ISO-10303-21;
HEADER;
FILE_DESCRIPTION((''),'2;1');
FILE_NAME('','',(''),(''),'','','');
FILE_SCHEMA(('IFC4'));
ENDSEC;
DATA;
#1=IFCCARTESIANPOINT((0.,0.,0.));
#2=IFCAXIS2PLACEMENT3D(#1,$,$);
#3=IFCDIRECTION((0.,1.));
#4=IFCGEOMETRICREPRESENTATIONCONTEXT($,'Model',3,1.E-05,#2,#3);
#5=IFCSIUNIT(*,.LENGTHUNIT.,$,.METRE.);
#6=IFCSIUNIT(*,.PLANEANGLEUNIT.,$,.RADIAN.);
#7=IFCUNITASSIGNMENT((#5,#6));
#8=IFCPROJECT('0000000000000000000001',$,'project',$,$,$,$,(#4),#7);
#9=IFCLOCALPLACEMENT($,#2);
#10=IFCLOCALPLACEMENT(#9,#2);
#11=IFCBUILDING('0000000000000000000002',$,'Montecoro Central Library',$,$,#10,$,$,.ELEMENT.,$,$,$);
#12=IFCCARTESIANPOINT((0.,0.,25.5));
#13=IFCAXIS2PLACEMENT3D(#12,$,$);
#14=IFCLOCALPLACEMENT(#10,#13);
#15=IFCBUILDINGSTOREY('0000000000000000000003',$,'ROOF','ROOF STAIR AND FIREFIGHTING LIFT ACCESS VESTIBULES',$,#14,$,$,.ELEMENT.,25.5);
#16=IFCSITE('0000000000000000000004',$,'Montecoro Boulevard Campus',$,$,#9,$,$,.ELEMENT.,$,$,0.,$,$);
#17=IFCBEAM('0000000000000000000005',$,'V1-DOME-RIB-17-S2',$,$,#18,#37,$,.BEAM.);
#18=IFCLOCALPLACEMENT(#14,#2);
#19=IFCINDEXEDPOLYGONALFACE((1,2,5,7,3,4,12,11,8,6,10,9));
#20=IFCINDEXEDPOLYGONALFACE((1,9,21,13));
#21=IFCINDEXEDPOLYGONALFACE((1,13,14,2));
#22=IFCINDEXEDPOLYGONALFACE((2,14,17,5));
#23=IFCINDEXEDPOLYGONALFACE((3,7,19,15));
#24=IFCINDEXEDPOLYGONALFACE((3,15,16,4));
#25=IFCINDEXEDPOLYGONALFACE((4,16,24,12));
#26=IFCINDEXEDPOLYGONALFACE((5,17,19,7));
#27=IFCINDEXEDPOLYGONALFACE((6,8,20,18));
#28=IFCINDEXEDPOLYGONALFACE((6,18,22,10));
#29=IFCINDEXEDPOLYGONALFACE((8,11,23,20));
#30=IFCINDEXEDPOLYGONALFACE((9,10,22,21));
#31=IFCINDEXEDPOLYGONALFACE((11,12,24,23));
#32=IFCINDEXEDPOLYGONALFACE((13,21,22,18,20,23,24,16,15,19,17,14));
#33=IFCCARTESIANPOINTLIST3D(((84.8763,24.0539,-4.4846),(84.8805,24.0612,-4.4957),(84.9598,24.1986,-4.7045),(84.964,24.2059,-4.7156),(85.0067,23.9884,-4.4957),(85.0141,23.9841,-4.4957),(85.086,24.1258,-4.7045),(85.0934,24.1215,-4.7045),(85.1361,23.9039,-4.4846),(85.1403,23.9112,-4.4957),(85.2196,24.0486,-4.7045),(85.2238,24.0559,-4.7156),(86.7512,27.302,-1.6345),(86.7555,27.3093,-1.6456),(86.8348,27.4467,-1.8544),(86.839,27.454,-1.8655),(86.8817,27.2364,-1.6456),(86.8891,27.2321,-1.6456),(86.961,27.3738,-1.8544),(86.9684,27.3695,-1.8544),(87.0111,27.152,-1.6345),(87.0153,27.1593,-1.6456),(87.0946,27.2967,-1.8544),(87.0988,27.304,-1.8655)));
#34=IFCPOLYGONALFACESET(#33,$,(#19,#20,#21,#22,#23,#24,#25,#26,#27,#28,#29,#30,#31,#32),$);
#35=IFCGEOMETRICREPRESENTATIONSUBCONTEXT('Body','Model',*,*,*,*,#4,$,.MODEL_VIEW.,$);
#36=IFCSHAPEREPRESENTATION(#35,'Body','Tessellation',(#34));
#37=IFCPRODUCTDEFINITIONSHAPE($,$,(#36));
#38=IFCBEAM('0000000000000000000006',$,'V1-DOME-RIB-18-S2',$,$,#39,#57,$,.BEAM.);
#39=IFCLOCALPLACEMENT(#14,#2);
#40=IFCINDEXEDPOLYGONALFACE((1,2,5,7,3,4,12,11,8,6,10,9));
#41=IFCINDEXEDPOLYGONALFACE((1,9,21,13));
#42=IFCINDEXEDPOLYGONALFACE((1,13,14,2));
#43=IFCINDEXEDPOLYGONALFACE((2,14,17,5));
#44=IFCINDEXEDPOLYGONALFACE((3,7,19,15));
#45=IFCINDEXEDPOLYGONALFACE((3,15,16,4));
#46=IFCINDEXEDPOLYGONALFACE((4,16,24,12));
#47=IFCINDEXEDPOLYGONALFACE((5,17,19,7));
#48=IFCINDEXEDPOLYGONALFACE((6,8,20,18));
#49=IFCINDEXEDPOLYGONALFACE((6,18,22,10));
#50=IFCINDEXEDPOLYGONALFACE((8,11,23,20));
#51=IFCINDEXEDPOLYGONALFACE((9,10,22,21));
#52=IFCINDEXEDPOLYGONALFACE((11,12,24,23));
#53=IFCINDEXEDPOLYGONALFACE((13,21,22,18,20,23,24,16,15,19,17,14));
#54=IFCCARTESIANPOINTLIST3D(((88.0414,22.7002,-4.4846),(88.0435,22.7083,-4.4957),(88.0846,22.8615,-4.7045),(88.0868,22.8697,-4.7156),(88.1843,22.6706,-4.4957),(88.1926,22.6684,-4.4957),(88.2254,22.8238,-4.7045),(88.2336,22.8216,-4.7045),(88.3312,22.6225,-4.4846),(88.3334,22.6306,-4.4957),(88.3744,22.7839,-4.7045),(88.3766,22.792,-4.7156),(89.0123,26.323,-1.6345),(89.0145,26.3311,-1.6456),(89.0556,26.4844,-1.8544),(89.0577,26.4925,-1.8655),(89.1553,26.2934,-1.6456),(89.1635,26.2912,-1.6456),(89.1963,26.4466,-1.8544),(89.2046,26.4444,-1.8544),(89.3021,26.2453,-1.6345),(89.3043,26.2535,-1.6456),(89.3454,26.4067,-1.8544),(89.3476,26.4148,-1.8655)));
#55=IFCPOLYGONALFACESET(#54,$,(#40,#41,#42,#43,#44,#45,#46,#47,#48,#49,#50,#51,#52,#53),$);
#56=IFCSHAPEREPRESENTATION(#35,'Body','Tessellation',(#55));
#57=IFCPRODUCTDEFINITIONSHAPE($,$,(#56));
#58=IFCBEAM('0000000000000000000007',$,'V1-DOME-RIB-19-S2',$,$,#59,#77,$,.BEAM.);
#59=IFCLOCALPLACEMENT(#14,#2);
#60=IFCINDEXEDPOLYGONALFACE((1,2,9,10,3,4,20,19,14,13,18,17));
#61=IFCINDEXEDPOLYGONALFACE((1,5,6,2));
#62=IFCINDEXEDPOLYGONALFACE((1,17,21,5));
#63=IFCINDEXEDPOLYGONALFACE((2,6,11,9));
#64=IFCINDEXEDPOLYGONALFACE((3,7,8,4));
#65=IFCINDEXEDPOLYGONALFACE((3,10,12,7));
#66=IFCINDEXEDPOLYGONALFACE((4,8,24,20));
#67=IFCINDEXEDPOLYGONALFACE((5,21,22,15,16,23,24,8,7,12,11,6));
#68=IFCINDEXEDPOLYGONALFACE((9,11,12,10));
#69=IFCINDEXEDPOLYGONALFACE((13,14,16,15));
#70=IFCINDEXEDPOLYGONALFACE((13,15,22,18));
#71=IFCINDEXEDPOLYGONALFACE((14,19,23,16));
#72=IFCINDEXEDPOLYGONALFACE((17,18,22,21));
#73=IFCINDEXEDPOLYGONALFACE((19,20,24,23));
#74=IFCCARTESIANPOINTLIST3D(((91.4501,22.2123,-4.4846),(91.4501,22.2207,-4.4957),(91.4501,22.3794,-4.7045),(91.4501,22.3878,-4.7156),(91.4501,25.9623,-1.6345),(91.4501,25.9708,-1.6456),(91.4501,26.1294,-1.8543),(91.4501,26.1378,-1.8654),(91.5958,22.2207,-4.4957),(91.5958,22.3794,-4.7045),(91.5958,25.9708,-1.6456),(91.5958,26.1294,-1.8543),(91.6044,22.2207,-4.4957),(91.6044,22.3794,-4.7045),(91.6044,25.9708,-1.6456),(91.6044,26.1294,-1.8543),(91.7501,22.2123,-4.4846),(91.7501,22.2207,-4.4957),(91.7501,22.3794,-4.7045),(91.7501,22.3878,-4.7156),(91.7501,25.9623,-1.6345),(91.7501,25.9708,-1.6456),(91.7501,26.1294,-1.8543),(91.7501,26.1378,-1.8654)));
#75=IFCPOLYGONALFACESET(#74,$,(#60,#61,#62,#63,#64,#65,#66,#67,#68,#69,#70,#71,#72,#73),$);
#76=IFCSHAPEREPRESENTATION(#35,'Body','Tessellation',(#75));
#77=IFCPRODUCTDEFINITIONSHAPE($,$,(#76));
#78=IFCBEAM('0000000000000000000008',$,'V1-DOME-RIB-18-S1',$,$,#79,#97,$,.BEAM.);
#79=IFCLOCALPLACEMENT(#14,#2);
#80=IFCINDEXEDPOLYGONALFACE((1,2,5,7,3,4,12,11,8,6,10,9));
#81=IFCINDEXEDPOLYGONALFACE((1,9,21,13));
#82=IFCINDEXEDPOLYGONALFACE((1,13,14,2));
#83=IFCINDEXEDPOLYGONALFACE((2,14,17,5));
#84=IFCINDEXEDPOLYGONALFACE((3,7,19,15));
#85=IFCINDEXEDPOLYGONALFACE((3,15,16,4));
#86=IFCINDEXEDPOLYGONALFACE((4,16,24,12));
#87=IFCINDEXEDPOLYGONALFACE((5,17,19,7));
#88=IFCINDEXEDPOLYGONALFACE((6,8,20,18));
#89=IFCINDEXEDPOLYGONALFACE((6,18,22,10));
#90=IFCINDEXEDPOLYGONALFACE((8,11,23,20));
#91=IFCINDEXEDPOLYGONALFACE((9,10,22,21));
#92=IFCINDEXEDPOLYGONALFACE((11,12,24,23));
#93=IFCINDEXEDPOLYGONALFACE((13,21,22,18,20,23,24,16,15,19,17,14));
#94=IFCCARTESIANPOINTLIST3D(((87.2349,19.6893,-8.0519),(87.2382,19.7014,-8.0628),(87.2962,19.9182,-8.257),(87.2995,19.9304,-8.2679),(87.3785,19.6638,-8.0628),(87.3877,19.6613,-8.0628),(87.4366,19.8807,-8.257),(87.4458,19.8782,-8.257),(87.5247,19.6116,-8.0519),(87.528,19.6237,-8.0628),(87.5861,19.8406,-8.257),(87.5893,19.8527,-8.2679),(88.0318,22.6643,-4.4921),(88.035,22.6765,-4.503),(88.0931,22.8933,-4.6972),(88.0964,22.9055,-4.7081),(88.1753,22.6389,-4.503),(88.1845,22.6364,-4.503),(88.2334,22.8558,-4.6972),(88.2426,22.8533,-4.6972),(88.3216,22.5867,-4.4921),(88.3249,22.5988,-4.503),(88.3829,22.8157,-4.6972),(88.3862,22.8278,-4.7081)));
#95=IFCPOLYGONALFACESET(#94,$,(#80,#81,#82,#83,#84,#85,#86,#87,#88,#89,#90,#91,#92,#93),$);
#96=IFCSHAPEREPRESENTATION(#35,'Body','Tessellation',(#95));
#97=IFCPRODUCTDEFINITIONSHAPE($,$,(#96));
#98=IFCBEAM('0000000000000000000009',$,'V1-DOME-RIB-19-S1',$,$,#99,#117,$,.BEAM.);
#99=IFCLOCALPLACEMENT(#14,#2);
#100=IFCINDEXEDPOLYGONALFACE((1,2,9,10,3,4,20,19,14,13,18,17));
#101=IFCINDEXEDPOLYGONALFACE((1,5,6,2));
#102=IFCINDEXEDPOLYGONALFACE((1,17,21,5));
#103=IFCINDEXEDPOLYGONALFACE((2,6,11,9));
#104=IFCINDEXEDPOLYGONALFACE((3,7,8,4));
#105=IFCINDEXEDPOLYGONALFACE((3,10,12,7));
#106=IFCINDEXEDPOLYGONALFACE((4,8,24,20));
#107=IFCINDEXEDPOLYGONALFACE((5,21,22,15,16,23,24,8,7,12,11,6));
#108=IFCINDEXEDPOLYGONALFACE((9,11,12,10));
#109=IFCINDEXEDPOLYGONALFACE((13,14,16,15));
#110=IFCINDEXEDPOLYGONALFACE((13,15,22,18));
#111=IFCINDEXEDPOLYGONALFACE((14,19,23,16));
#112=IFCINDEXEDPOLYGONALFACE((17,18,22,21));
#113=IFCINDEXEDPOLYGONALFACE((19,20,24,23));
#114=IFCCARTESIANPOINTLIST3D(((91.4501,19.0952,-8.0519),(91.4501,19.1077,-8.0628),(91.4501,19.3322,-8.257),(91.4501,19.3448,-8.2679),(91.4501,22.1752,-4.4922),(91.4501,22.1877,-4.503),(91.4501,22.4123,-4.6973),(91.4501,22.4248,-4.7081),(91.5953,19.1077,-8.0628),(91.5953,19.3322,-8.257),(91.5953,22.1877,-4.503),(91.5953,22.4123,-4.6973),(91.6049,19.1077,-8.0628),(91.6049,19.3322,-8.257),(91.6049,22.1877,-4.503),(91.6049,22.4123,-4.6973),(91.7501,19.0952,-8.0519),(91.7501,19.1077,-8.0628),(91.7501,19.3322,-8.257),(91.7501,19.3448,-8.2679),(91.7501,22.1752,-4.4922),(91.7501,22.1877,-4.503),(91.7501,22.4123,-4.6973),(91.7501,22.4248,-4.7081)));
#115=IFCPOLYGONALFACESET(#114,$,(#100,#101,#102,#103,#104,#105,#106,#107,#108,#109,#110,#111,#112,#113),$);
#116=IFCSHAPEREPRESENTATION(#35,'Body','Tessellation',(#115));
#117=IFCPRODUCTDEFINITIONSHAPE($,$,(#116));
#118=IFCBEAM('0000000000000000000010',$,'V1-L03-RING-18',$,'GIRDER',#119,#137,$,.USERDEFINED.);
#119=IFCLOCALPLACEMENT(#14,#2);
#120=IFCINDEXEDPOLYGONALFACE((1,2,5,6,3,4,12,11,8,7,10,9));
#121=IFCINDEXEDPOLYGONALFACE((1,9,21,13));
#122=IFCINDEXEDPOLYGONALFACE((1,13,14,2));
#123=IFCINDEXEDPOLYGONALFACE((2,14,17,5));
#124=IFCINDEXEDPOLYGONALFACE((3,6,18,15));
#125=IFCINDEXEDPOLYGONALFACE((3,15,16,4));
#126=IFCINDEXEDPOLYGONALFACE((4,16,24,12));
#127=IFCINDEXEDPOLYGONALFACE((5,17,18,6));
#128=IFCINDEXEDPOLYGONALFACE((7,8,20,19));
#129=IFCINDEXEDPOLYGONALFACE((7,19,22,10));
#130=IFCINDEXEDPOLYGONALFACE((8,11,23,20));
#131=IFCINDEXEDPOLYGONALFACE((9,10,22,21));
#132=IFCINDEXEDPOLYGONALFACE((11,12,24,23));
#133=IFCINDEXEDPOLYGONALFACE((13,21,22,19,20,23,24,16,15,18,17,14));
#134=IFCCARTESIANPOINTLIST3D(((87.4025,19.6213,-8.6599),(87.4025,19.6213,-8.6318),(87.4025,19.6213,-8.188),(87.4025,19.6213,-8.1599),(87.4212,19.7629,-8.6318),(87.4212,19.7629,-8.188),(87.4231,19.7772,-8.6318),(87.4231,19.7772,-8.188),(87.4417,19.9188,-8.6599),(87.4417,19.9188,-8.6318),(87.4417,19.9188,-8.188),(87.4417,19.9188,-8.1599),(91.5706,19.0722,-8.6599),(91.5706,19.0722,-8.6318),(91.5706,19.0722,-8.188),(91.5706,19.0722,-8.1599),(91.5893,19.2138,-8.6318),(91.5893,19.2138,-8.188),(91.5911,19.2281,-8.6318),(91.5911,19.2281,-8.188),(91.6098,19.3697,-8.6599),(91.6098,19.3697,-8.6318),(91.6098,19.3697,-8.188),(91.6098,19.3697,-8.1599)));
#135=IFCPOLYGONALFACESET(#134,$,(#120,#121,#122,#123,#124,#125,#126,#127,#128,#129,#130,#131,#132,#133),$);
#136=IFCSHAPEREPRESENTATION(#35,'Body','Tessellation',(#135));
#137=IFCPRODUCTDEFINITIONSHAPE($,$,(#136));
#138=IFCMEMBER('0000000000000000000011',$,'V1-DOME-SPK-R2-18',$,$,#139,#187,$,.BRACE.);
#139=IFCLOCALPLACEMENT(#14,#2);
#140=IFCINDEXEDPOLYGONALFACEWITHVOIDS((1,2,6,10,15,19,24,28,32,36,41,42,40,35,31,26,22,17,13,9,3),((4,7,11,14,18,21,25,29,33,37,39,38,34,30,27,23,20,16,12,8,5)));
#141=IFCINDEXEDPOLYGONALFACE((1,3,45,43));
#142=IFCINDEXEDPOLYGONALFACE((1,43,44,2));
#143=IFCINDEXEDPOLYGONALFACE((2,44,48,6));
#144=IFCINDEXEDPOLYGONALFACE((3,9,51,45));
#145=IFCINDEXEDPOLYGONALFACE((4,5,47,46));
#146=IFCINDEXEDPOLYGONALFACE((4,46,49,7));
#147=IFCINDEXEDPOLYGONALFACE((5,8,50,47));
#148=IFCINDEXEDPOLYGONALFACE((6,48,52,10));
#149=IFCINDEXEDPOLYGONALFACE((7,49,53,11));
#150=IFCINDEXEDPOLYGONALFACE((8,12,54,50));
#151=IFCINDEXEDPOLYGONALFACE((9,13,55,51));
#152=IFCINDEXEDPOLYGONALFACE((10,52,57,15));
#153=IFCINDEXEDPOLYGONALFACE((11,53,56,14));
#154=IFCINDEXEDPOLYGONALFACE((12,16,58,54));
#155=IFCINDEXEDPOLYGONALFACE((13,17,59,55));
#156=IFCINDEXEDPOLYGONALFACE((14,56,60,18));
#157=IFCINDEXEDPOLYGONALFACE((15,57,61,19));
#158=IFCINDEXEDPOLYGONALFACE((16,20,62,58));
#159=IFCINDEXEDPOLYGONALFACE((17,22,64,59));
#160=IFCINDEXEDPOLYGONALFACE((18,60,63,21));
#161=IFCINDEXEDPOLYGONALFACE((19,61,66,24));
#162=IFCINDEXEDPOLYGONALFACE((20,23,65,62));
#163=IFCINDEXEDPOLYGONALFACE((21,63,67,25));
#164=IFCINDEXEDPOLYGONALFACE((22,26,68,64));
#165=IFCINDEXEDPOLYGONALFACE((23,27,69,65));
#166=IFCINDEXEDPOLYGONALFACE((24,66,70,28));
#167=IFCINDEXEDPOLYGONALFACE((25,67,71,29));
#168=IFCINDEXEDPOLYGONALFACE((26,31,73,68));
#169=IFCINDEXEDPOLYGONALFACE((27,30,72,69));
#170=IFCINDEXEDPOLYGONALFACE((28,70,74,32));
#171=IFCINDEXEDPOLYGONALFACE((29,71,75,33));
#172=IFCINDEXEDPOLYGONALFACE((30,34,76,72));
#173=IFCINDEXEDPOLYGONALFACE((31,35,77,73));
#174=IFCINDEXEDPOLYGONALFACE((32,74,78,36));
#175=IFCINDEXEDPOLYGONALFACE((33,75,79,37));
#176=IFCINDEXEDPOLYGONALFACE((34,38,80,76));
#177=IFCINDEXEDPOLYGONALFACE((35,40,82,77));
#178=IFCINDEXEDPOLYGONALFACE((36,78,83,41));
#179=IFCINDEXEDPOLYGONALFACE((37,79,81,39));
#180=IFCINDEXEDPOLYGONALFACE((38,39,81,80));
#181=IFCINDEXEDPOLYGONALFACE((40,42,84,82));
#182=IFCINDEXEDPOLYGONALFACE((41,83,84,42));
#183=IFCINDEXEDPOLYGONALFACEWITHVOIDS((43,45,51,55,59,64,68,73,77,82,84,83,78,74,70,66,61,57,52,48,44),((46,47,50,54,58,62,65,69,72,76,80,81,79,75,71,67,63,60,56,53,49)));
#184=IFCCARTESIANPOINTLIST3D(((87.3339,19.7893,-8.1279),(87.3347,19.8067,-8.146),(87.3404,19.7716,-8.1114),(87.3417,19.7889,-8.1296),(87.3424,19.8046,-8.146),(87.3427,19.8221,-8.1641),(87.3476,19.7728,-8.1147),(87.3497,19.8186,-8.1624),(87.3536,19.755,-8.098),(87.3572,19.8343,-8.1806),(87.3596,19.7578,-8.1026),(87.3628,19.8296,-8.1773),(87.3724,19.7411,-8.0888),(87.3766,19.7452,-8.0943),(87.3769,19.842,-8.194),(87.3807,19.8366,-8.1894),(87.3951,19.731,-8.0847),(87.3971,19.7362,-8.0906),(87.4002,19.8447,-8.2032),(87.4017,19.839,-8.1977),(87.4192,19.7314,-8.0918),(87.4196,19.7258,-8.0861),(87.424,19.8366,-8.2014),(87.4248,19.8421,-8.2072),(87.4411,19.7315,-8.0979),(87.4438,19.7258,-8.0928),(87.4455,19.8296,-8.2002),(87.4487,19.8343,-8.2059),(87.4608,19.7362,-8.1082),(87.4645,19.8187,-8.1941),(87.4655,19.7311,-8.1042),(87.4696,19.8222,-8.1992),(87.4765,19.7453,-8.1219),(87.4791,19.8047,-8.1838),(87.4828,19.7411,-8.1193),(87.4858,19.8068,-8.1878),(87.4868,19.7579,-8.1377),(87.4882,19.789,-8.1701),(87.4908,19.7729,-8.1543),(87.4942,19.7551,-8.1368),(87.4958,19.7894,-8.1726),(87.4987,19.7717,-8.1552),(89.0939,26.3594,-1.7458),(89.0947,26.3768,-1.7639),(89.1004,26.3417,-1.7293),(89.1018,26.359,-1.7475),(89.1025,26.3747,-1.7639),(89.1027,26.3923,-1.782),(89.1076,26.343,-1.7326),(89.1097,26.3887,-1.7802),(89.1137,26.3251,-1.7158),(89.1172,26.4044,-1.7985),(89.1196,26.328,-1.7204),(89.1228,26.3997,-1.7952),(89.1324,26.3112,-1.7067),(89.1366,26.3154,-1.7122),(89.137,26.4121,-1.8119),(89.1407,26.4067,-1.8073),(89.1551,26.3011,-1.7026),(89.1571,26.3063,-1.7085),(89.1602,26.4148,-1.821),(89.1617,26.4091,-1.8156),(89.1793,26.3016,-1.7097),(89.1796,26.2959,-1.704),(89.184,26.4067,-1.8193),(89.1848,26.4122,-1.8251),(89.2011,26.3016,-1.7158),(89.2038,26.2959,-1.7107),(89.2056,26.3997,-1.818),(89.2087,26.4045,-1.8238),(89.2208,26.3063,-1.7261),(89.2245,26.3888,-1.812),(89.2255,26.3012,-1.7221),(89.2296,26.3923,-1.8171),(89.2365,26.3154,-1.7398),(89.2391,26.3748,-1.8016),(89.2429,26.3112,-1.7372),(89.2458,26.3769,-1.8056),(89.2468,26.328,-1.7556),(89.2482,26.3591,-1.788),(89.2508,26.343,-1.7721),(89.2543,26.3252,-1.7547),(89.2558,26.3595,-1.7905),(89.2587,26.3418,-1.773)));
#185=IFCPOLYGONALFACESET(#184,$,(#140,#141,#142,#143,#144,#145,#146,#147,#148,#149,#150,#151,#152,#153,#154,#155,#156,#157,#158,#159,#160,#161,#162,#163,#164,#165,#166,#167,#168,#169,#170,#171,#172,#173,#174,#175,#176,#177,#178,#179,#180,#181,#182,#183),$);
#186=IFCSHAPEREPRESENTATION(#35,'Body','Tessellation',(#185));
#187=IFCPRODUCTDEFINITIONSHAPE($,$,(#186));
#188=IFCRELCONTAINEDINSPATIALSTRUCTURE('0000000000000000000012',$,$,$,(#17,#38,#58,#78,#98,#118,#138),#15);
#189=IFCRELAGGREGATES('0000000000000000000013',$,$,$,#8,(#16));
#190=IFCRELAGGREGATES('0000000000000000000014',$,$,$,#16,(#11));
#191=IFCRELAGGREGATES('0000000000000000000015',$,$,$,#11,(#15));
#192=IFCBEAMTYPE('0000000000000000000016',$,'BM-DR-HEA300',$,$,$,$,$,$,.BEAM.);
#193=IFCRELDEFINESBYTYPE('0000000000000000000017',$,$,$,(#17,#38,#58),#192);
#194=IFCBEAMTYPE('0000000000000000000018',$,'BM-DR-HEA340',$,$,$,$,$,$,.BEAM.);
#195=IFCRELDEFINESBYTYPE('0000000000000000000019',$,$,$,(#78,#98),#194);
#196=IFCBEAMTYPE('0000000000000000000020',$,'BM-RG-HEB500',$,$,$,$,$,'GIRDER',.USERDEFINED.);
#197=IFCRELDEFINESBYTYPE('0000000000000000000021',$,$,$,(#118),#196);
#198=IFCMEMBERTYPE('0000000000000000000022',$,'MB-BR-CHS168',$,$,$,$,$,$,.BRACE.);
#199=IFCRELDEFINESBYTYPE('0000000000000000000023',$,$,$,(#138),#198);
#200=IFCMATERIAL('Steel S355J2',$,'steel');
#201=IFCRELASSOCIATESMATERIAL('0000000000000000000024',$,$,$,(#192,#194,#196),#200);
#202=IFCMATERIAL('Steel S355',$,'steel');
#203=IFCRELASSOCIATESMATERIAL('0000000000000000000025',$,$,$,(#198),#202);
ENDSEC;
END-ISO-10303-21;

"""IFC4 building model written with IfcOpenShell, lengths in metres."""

from ifc_helpers import new_model, si_unit, direction, frame, origin, origin_2d, place, context, subcontext, project, spatial, hollow_circle, i_section, extrude, material, material_profile, profile_set, type_object, element, save


model = new_model("IFC4")

# Units and contexts
model_context = context("Model", 3, precision=1e-05, world=origin(), true_north=direction((0.0, 1.0)))
body_context = subcontext(model_context, "Body", "Model", "MODEL_VIEW")
ifc_project = project(units=[si_unit("LENGTHUNIT", "METRE"), si_unit("PLANEANGLEUNIT", "RADIAN")], contexts=[model_context])

# Site, building, storey
site_placement = place(None, origin())
site = spatial("IfcSite", under=ifc_project, at=site_placement, Name="Montecoro Boulevard Campus", CompositionType="ELEMENT", RefElevation=0.0)
building_placement = place(site_placement, origin())
building = spatial("IfcBuilding", under=site, at=building_placement, Name="Montecoro Central Library", CompositionType="ELEMENT")
storey_placement = place(building_placement, frame((0.0, 0.0, 25.5)))
storey = spatial("IfcBuildingStorey", under=building, at=storey_placement, Name="ROOF", Description="ROOF STAIR AND FIREFIGHTING LIFT ACCESS VESTIBULES", CompositionType="ELEMENT", Elevation=25.5)

# Beams
ifc_material_1 = material(Name="Steel S355J2", Category="steel")
ifc_material_profile_1 = material_profile(ifc_material_1, i_section(OverallWidth=0.3, OverallDepth=0.29, WebThickness=0.0085, FlangeThickness=0.0139, at=origin_2d()), Name="HEA 300")
ifc_profile_set_1 = profile_set([ifc_material_profile_1], Name="Steel S355J2")
beam_type_1 = type_object("IfcBeamType", Name="BM-DR-HEA300", PredefinedType="BEAM", material=ifc_profile_set_1)
beam_1_placement = place(storey_placement, frame((85.05, 24.0549, -4.6001), z_axis=(0.39805, 0.689538, 0.605056), x_axis=(-0.866056, 0.499948, 0.0)))
element("IfcBeam", 1, at=beam_1_placement, inside=storey, type_object=beam_type_1, Name="V1-DOME-RIB-17-S2", PredefinedType="BEAM", context=body_context, shape_type="SweptSolid", body=[
    extrude(i_section(OverallWidth=0.3, OverallDepth=0.29, WebThickness=0.0085, FlangeThickness=0.0139, at=origin_2d()), origin(), (0.0, 0.0, 1.0), 4.7104),
])
beam_2_placement = place(storey_placement, frame((88.209, 22.7461, -4.6001), z_axis=(0.206116, 0.769062, 0.605029), x_axis=(-0.965911, 0.258874, 0.0)))
element("IfcBeam", 2, at=beam_2_placement, inside=storey, type_object=beam_type_1, Name="V1-DOME-RIB-18-S2", PredefinedType="BEAM", context=body_context, shape_type="SweptSolid", body=[
    extrude(i_section(OverallWidth=0.3, OverallDepth=0.29, WebThickness=0.0085, FlangeThickness=0.0139, at=origin_2d()), origin(), (0.0, 0.0, 1.0), 4.7107),
])
beam_3_placement = place(storey_placement, frame((91.6001, 22.3, -4.6001), z_axis=(0.0, 0.796152, 0.605096), x_axis=(-1.0, 0.0, 0.0)))
element("IfcBeam", 3, at=beam_3_placement, inside=storey, type_object=beam_type_1, Name="V1-DOME-RIB-19-S2", PredefinedType="BEAM", context=body_context, shape_type="SweptSolid", body=[
    extrude(i_section(OverallWidth=0.3, OverallDepth=0.29, WebThickness=0.0085, FlangeThickness=0.0139, at=origin_2d()), origin(), (0.0, 0.0, 1.0), 4.7102),
])
ifc_material_profile_2 = material_profile(ifc_material_1, i_section(OverallWidth=0.3, OverallDepth=0.3301, WebThickness=0.0095, FlangeThickness=0.0166, at=origin_2d()), Name="HEA 340")
ifc_profile_set_2 = profile_set([ifc_material_profile_2], Name="Steel S355J2")
beam_type_2 = type_object("IfcBeamType", Name="BM-DR-HEA340", PredefinedType="BEAM", material=ifc_profile_set_2)
for number, where, z_axis, x_axis, name in (
    (4, (87.4121, 19.771, -8.1599), (0.169286, 0.63202, 0.756236), (-0.96595, 0.258728, 0.0), "V1-DOME-RIB-18-S1"),
    (5, (91.6001, 19.22, -8.1599), (0.0, 0.654312, 0.756224), (-1.0, 0.0, 0.0), "V1-DOME-RIB-19-S1"),
):
    element("IfcBeam", number, at=place(storey_placement, frame(where, z_axis=z_axis, x_axis=x_axis)), inside=storey, type_object=beam_type_2, Name=name, PredefinedType="BEAM", context=body_context, shape_type="SweptSolid", body=[
        extrude(i_section(OverallWidth=0.3, OverallDepth=0.3301, WebThickness=0.0095, FlangeThickness=0.0166, at=origin_2d()), origin(), (0.0, 0.0, 1.0), 4.7073),
    ])
ifc_material_profile_3 = material_profile(ifc_material_1, i_section(OverallWidth=0.3, OverallDepth=0.5, WebThickness=0.0144, FlangeThickness=0.0281, at=origin_2d()), Name="HEB 500")
ifc_profile_set_3 = profile_set([ifc_material_profile_3], Name="Steel S355J2")
beam_type_3 = type_object("IfcBeamType", Name="BM-RG-HEB500", ElementType="GIRDER", PredefinedType="USERDEFINED", material=ifc_profile_set_3)
beam_4_placement = place(storey_placement, frame((87.4221, 19.77, -8.4099), z_axis=(0.991434, -0.130608, 0.0), x_axis=(0.130608, 0.991434, 0.0)))
element("IfcBeam", 6, at=beam_4_placement, inside=storey, type_object=beam_type_3, Name="V1-L03-RING-18", ObjectType="GIRDER", PredefinedType="USERDEFINED", context=body_context, shape_type="SweptSolid", body=[
    extrude(i_section(OverallWidth=0.3, OverallDepth=0.5, WebThickness=0.0144, FlangeThickness=0.0281, at=origin_2d()), origin(), (0.0, 0.0, 1.0), 4.2041),
])

# Member
ifc_material_2 = material(Name="Steel S355", Category="steel")
ifc_material_profile_4 = material_profile(ifc_material_2, hollow_circle(Radius=0.0842, WallThickness=0.0081, at=origin_2d()), Name="CHS 168.3x8.0")
ifc_profile_set_4 = profile_set([ifc_material_profile_4], Name="Steel S355")
member_type_1 = type_object("IfcMemberType", Name="MB-BR-CHS168", PredefinedType="BRACE", material=ifc_profile_set_4)
member_1_placement = place(storey_placement, frame((87.416, 19.7849, -8.146), z_axis=(0.188699, 0.704408, 0.684253), x_axis=(-0.965942, 0.258759, 0.0)))
element("IfcMember", 7, at=member_1_placement, inside=storey, type_object=member_type_1, Name="V1-DOME-SPK-R2-18", PredefinedType="BRACE", context=body_context, shape_type="SweptSolid", body=[
    extrude(hollow_circle(Radius=0.0842, WallThickness=0.0081, at=origin_2d()), origin(), (0.0, 0.0, 1.0), 9.3271),
])

save(model, "model.ifc")
